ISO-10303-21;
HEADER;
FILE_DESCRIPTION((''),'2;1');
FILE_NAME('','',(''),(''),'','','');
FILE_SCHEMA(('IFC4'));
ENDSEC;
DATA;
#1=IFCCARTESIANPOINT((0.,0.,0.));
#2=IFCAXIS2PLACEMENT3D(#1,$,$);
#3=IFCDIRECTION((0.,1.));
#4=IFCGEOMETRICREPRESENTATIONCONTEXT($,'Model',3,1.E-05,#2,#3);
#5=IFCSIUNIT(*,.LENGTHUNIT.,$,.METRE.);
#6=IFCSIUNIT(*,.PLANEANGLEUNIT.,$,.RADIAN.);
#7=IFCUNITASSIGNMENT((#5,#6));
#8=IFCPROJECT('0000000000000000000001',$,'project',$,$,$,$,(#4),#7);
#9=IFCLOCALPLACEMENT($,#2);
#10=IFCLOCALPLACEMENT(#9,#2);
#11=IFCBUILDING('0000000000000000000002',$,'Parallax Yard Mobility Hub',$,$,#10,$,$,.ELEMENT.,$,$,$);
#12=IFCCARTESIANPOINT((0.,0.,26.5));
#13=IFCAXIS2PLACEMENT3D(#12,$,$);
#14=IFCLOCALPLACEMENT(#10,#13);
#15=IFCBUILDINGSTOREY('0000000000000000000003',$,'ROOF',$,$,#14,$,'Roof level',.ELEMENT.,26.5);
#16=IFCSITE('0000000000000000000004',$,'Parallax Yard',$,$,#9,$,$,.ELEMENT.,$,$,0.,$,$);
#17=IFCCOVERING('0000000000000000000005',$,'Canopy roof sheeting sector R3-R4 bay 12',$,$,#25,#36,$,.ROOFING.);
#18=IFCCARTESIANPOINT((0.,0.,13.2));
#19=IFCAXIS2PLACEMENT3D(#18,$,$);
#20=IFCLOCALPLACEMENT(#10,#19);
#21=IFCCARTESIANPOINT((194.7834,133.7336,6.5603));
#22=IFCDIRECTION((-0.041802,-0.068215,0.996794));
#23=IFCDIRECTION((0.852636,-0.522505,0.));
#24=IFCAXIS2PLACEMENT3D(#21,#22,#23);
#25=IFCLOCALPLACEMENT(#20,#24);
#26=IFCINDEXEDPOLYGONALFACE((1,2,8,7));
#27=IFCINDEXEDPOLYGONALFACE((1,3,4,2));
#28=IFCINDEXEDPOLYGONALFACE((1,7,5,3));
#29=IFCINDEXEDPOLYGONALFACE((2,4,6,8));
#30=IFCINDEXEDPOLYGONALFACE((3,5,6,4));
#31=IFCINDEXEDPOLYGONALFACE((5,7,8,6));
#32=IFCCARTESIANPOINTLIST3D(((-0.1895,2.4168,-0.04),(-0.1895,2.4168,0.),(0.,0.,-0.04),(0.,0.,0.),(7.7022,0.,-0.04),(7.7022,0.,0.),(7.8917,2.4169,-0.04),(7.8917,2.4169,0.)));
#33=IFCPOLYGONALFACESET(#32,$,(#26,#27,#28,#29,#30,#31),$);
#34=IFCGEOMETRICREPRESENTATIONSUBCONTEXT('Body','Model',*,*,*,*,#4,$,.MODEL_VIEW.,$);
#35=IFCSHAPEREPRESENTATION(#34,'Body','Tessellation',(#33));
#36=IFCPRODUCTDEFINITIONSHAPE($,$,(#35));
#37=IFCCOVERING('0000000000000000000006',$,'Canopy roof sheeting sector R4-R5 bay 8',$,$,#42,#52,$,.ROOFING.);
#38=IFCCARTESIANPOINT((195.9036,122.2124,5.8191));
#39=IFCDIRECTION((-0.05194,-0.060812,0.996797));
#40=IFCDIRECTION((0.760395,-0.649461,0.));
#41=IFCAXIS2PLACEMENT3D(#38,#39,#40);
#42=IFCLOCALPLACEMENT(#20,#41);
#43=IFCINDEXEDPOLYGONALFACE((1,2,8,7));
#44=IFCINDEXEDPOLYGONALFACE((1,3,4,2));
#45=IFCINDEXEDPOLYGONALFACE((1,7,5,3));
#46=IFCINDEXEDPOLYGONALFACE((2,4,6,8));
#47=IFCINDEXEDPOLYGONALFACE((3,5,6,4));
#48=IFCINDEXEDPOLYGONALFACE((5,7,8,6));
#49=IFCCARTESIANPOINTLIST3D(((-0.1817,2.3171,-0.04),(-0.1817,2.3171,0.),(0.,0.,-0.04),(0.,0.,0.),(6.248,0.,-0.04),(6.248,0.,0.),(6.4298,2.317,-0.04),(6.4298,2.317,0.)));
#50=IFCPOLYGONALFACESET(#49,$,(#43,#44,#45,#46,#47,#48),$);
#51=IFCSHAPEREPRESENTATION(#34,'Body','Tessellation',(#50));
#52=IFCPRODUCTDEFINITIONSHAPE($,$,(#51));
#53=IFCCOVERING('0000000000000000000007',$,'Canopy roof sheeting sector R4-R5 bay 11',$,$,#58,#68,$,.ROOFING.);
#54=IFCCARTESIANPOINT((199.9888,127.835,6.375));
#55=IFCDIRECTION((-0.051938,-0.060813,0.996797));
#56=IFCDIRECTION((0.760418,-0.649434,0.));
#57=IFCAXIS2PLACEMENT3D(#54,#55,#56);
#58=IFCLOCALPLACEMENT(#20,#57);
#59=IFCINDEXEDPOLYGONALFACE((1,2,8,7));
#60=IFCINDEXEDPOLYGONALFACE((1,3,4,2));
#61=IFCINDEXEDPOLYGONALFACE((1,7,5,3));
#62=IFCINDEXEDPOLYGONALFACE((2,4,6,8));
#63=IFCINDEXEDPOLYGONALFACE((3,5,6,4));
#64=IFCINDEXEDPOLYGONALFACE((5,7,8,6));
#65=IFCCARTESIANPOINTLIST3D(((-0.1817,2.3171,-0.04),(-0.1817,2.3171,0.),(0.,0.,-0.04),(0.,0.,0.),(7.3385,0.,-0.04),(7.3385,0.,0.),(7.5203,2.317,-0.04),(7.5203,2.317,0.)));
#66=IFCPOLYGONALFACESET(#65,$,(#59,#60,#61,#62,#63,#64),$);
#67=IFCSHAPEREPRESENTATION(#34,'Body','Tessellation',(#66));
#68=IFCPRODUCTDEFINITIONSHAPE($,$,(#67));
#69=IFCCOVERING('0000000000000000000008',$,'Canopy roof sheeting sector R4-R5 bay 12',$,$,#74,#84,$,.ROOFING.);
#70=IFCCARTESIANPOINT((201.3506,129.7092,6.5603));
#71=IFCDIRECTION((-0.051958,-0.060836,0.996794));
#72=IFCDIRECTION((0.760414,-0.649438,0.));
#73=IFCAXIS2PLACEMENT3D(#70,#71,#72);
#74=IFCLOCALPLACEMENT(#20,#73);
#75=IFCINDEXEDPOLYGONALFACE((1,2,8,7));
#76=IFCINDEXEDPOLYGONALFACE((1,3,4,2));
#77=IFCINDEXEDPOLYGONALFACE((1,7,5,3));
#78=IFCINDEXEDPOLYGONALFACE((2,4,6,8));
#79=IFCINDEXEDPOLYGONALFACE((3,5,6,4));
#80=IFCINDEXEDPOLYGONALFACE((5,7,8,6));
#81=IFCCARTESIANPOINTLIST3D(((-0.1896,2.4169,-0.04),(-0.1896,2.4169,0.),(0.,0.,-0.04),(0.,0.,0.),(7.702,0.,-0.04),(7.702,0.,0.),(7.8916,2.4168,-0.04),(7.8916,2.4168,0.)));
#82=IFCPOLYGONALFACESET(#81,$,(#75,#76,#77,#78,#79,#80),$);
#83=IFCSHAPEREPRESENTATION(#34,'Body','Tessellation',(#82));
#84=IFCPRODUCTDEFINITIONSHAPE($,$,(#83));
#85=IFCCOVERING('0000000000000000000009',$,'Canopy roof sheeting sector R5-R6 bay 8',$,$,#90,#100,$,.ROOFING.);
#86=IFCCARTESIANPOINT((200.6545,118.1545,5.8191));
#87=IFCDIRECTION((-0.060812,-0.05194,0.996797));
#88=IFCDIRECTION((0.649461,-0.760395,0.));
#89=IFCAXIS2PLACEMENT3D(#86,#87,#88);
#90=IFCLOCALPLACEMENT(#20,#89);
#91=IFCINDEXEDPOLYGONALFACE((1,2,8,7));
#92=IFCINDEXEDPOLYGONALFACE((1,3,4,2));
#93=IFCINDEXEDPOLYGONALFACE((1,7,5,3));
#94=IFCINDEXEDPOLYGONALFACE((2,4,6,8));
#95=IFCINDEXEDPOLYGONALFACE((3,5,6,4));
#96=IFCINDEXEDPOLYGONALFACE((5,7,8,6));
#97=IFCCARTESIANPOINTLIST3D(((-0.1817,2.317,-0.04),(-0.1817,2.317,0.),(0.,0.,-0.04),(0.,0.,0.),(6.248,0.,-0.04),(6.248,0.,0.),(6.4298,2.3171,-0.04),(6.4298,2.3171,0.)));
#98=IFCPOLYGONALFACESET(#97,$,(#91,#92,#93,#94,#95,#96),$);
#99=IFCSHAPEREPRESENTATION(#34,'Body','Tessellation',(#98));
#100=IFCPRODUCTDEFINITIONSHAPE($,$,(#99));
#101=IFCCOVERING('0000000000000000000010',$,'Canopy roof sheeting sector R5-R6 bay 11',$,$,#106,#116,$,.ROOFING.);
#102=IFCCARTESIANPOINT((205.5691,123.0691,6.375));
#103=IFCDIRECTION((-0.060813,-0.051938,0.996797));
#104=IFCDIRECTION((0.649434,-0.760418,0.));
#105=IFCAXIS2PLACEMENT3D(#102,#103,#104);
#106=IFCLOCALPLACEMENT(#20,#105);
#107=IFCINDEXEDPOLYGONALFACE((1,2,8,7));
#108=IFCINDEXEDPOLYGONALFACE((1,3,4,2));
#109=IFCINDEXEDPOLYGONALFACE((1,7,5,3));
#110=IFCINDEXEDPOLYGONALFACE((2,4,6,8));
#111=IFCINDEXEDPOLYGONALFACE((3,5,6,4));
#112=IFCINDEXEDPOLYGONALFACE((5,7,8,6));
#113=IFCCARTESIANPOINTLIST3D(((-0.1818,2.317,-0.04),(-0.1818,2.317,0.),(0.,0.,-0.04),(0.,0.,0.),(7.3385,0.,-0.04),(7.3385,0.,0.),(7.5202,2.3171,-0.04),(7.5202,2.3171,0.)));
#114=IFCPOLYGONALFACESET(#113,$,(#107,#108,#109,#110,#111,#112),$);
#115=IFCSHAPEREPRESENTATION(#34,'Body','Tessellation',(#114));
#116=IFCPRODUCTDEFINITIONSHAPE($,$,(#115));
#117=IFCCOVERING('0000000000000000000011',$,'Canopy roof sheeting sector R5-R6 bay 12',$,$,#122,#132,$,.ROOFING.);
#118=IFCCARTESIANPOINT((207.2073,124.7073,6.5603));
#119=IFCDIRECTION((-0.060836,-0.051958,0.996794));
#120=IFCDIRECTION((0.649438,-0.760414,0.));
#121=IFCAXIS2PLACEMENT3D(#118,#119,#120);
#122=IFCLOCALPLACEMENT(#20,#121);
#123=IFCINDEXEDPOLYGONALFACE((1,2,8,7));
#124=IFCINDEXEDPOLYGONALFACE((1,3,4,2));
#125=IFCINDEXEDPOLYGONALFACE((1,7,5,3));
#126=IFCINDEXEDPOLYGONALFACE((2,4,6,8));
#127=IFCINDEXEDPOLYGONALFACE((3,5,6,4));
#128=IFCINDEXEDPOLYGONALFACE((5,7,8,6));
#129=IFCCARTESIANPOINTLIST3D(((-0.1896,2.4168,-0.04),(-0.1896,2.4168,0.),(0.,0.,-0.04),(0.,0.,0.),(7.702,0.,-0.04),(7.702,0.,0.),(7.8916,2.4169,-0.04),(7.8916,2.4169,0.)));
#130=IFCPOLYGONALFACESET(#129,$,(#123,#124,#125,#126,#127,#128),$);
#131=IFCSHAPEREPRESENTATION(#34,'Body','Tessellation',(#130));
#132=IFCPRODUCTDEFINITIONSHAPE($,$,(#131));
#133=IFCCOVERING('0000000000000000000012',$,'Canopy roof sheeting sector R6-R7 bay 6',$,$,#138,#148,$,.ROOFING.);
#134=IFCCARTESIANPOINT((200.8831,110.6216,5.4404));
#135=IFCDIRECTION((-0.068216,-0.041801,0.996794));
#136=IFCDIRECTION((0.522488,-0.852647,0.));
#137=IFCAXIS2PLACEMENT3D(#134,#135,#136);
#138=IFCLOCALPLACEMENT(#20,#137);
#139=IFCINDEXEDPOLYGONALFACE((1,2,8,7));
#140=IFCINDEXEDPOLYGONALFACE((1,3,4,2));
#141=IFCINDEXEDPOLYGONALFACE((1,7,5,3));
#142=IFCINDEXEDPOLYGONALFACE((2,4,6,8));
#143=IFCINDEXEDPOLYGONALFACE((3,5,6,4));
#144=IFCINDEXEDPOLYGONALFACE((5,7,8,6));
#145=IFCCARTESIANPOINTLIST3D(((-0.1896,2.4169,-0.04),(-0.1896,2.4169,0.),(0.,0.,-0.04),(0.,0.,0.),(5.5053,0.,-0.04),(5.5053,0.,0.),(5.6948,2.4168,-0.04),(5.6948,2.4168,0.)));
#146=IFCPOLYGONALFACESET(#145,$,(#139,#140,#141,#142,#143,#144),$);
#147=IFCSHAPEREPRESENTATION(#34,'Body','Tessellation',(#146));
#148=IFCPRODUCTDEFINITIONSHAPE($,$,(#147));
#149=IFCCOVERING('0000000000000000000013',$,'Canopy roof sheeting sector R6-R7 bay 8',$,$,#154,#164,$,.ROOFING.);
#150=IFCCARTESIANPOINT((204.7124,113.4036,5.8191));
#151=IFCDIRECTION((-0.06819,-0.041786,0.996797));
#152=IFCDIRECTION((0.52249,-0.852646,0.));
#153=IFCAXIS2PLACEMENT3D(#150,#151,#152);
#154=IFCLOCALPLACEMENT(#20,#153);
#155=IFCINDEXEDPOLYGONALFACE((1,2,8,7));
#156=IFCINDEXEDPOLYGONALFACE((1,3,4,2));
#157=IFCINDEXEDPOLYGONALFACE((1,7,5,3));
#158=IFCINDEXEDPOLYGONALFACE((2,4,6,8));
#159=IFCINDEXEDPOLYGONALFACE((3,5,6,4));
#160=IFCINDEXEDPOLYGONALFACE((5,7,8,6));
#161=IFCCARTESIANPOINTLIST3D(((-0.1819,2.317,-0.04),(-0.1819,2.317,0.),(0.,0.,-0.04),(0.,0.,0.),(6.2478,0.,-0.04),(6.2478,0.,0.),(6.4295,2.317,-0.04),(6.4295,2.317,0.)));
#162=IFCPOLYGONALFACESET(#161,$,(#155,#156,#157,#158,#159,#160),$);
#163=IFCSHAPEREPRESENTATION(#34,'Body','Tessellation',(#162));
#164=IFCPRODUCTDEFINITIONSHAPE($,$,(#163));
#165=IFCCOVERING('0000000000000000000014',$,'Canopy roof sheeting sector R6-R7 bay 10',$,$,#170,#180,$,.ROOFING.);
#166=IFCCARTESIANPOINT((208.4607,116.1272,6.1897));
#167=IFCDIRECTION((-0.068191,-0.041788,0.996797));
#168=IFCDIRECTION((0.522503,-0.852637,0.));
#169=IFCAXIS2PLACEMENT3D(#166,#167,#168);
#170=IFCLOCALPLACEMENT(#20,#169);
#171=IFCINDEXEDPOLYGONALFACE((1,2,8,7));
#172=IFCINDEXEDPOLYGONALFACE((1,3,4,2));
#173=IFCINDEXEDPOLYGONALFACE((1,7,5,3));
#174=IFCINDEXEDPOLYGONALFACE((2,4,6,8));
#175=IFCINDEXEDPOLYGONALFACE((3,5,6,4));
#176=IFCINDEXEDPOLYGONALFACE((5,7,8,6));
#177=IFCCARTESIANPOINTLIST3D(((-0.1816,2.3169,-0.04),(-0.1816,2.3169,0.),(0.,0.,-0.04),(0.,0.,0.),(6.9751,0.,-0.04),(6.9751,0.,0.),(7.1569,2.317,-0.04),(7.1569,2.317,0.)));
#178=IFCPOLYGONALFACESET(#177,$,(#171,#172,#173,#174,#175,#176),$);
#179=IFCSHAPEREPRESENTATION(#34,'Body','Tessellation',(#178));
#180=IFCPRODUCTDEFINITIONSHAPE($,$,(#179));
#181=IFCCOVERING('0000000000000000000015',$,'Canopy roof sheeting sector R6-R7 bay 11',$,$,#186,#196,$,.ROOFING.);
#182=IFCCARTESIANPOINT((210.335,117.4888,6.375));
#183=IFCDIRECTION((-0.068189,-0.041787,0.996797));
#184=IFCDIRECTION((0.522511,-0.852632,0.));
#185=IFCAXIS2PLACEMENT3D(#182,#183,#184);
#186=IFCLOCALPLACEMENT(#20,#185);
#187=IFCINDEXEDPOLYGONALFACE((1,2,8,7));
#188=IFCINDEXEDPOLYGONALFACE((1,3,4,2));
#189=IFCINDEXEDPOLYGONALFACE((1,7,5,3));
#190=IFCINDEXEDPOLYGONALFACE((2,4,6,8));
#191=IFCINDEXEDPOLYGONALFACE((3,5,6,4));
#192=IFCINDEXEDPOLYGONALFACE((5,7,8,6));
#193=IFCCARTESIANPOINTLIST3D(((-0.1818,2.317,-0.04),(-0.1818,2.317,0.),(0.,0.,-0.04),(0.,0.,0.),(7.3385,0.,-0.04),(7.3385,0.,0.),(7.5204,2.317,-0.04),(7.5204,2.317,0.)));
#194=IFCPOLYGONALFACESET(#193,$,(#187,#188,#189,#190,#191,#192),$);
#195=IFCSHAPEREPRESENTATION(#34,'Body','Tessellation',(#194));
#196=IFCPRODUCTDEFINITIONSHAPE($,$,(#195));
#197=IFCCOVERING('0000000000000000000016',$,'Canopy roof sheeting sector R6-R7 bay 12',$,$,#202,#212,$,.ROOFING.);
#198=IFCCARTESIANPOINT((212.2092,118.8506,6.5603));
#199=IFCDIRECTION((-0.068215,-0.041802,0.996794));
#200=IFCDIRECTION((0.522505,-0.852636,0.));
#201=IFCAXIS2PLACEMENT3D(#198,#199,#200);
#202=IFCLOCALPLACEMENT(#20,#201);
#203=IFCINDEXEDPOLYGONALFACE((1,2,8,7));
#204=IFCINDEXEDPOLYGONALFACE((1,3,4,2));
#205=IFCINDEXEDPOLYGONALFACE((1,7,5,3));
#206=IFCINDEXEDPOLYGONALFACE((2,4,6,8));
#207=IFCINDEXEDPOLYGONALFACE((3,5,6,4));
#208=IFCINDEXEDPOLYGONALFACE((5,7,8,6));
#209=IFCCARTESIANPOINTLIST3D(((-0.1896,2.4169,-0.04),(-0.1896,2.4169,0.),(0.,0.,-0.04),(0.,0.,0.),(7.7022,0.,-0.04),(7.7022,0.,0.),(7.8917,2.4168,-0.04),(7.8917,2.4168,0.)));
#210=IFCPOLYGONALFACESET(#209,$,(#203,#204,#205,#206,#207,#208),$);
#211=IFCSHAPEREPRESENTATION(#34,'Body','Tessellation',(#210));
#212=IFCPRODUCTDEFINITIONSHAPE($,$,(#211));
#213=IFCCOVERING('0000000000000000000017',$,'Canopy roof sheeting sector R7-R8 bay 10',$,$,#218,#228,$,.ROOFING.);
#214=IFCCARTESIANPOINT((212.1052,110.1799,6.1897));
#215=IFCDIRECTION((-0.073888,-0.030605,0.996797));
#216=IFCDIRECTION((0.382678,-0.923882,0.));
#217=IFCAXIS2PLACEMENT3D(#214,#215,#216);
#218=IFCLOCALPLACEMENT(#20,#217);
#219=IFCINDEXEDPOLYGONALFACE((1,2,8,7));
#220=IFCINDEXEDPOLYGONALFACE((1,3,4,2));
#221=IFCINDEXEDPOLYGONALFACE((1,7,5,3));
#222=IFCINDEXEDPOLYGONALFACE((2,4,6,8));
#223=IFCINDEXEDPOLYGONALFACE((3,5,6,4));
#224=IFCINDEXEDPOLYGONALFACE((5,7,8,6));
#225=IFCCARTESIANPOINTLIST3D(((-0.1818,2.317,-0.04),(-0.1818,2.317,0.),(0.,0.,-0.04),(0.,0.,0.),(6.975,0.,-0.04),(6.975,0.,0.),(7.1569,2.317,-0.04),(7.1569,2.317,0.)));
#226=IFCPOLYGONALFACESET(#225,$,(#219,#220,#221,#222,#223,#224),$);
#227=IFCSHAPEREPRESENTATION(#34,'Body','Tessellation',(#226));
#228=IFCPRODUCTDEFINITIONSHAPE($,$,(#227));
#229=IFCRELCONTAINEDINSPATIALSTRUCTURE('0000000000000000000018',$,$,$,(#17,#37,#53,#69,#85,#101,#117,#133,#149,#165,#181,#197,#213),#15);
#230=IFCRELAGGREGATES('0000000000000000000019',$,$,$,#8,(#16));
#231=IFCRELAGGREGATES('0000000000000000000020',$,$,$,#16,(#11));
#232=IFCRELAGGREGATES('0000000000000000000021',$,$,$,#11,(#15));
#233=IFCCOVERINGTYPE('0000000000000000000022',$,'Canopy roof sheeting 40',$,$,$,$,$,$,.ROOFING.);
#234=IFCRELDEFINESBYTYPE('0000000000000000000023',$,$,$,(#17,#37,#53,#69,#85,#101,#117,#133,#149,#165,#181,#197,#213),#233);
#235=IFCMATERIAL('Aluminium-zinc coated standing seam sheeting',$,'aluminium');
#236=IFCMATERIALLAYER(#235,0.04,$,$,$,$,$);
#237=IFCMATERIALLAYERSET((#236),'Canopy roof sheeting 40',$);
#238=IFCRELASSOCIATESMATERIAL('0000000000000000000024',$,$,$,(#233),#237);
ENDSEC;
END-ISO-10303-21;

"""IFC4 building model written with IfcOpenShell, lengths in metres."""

from ifc_helpers import new_model, si_unit, direction, frame, origin, place, context, subcontext, project, spatial, polyline, outline, extrude, material, layer, layer_set, type_object, element, save


model = new_model("IFC4")

# Units and contexts
model_context = context("Model", 3, precision=1e-05, world=origin(), true_north=direction((0.0, 1.0)))
body_context = subcontext(model_context, "Body", "Model", "MODEL_VIEW")
ifc_project = project(units=[si_unit("LENGTHUNIT", "METRE"), si_unit("PLANEANGLEUNIT", "RADIAN")], contexts=[model_context])

# Site, building, storey
site_placement = place(None, origin())
site = spatial("IfcSite", under=ifc_project, at=site_placement, Name="Parallax Yard", CompositionType="ELEMENT", RefElevation=0.0)
building_placement = place(site_placement, origin())
building = spatial("IfcBuilding", under=site, at=building_placement, Name="Parallax Yard Mobility Hub", CompositionType="ELEMENT")
storey_placement = place(building_placement, frame((0.0, 0.0, 26.5)))
storey = spatial("IfcBuildingStorey", under=building, at=storey_placement, Name="ROOF", LongName="Roof level", CompositionType="ELEMENT", Elevation=26.5)

# Coverings
ifc_material = material(Name="Aluminium-zinc coated standing seam sheeting", Category="aluminium")
ifc_layer = layer(ifc_material, 0.04)
ifc_layer_set = layer_set([ifc_layer], Name="Canopy roof sheeting 40")
covering_type = type_object("IfcCoveringType", Name="Canopy roof sheeting 40", PredefinedType="ROOFING", material=ifc_layer_set)
placement = place(building_placement, frame((0.0, 0.0, 13.2)))
covering_1_placement = place(placement, frame((194.7834, 133.7336, 6.5603), z_axis=(-0.041802, -0.068215, 0.996794), x_axis=(0.852636, -0.522505, 0.0)))
element("IfcCovering", 1, at=covering_1_placement, inside=storey, type_object=covering_type, Name="Canopy roof sheeting sector R3-R4 bay 12", PredefinedType="ROOFING", context=body_context, shape_type="SweptSolid", body=[
    extrude(outline(polyline([(0.0, 0.0), (7.7022, 0.0), (7.8917, 2.4169), (-0.1895, 2.4168), (0.0, 0.0)])), origin(), (0.0, 0.0, -1.0), 0.04),
])
covering_2_placement = place(placement, frame((195.9036, 122.2124, 5.8191), z_axis=(-0.05194, -0.060812, 0.996797), x_axis=(0.760395, -0.649461, 0.0)))
element("IfcCovering", 2, at=covering_2_placement, inside=storey, type_object=covering_type, Name="Canopy roof sheeting sector R4-R5 bay 8", PredefinedType="ROOFING", context=body_context, shape_type="SweptSolid", body=[
    extrude(outline(polyline([(0.0, 0.0), (6.248, 0.0), (6.4298, 2.317), (-0.1817, 2.3171), (0.0, 0.0)])), origin(), (0.0, 0.0, -1.0), 0.04),
])
covering_3_placement = place(placement, frame((199.9888, 127.835, 6.375), z_axis=(-0.051938, -0.060813, 0.996797), x_axis=(0.760418, -0.649434, 0.0)))
element("IfcCovering", 3, at=covering_3_placement, inside=storey, type_object=covering_type, Name="Canopy roof sheeting sector R4-R5 bay 11", PredefinedType="ROOFING", context=body_context, shape_type="SweptSolid", body=[
    extrude(outline(polyline([(0.0, 0.0), (7.3385, 0.0), (7.5203, 2.317), (-0.1817, 2.3171), (0.0, 0.0)])), origin(), (0.0, 0.0, -1.0), 0.04),
])
covering_4_placement = place(placement, frame((201.3506, 129.7092, 6.5603), z_axis=(-0.051958, -0.060836, 0.996794), x_axis=(0.760414, -0.649438, 0.0)))
element("IfcCovering", 4, at=covering_4_placement, inside=storey, type_object=covering_type, Name="Canopy roof sheeting sector R4-R5 bay 12", PredefinedType="ROOFING", context=body_context, shape_type="SweptSolid", body=[
    extrude(outline(polyline([(0.0, 0.0), (7.702, 0.0), (7.8916, 2.4168), (-0.1896, 2.4169), (0.0, 0.0)])), origin(), (0.0, 0.0, -1.0), 0.04),
])
covering_5_placement = place(placement, frame((200.6545, 118.1545, 5.8191), z_axis=(-0.060812, -0.05194, 0.996797), x_axis=(0.649461, -0.760395, 0.0)))
element("IfcCovering", 5, at=covering_5_placement, inside=storey, type_object=covering_type, Name="Canopy roof sheeting sector R5-R6 bay 8", PredefinedType="ROOFING", context=body_context, shape_type="SweptSolid", body=[
    extrude(outline(polyline([(0.0, 0.0), (6.248, 0.0), (6.4298, 2.3171), (-0.1817, 2.317), (0.0, 0.0)])), origin(), (0.0, 0.0, -1.0), 0.04),
])
covering_6_placement = place(placement, frame((205.5691, 123.0691, 6.375), z_axis=(-0.060813, -0.051938, 0.996797), x_axis=(0.649434, -0.760418, 0.0)))
element("IfcCovering", 6, at=covering_6_placement, inside=storey, type_object=covering_type, Name="Canopy roof sheeting sector R5-R6 bay 11", PredefinedType="ROOFING", context=body_context, shape_type="SweptSolid", body=[
    extrude(outline(polyline([(0.0, 0.0), (7.3385, 0.0), (7.5202, 2.3171), (-0.1818, 2.317), (0.0, 0.0)])), origin(), (0.0, 0.0, -1.0), 0.04),
])
covering_7_placement = place(placement, frame((207.2073, 124.7073, 6.5603), z_axis=(-0.060836, -0.051958, 0.996794), x_axis=(0.649438, -0.760414, 0.0)))
element("IfcCovering", 7, at=covering_7_placement, inside=storey, type_object=covering_type, Name="Canopy roof sheeting sector R5-R6 bay 12", PredefinedType="ROOFING", context=body_context, shape_type="SweptSolid", body=[
    extrude(outline(polyline([(0.0, 0.0), (7.702, 0.0), (7.8916, 2.4169), (-0.1896, 2.4168), (0.0, 0.0)])), origin(), (0.0, 0.0, -1.0), 0.04),
])
covering_8_placement = place(placement, frame((200.8831, 110.6216, 5.4404), z_axis=(-0.068216, -0.041801, 0.996794), x_axis=(0.522488, -0.852647, 0.0)))
element("IfcCovering", 8, at=covering_8_placement, inside=storey, type_object=covering_type, Name="Canopy roof sheeting sector R6-R7 bay 6", PredefinedType="ROOFING", context=body_context, shape_type="SweptSolid", body=[
    extrude(outline(polyline([(0.0, 0.0), (5.5053, 0.0), (5.6948, 2.4168), (-0.1896, 2.4169), (0.0, 0.0)])), origin(), (0.0, 0.0, -1.0), 0.04),
])
covering_9_placement = place(placement, frame((204.7124, 113.4036, 5.8191), z_axis=(-0.06819, -0.041786, 0.996797), x_axis=(0.52249, -0.852646, 0.0)))
element("IfcCovering", 9, at=covering_9_placement, inside=storey, type_object=covering_type, Name="Canopy roof sheeting sector R6-R7 bay 8", PredefinedType="ROOFING", context=body_context, shape_type="SweptSolid", body=[
    extrude(outline(polyline([(0.0, 0.0), (6.2478, 0.0), (6.4295, 2.317), (-0.1819, 2.317), (0.0, 0.0)])), origin(), (0.0, 0.0, -1.0), 0.04),
])
covering_10_placement = place(placement, frame((208.4607, 116.1272, 6.1897), z_axis=(-0.068191, -0.041788, 0.996797), x_axis=(0.522503, -0.852637, 0.0)))
element("IfcCovering", 10, at=covering_10_placement, inside=storey, type_object=covering_type, Name="Canopy roof sheeting sector R6-R7 bay 10", PredefinedType="ROOFING", context=body_context, shape_type="SweptSolid", body=[
    extrude(outline(polyline([(0.0, 0.0), (6.9751, 0.0), (7.1569, 2.317), (-0.1816, 2.3169), (0.0, 0.0)])), origin(), (0.0, 0.0, -1.0), 0.04),
])
covering_11_placement = place(placement, frame((210.335, 117.4888, 6.375), z_axis=(-0.068189, -0.041787, 0.996797), x_axis=(0.522511, -0.852632, 0.0)))
element("IfcCovering", 11, at=covering_11_placement, inside=storey, type_object=covering_type, Name="Canopy roof sheeting sector R6-R7 bay 11", PredefinedType="ROOFING", context=body_context, shape_type="SweptSolid", body=[
    extrude(outline(polyline([(0.0, 0.0), (7.3385, 0.0), (7.5204, 2.317), (-0.1818, 2.317), (0.0, 0.0)])), origin(), (0.0, 0.0, -1.0), 0.04),
])
covering_12_placement = place(placement, frame((212.2092, 118.8506, 6.5603), z_axis=(-0.068215, -0.041802, 0.996794), x_axis=(0.522505, -0.852636, 0.0)))
element("IfcCovering", 12, at=covering_12_placement, inside=storey, type_object=covering_type, Name="Canopy roof sheeting sector R6-R7 bay 12", PredefinedType="ROOFING", context=body_context, shape_type="SweptSolid", body=[
    extrude(outline(polyline([(0.0, 0.0), (7.7022, 0.0), (7.8917, 2.4168), (-0.1896, 2.4169), (0.0, 0.0)])), origin(), (0.0, 0.0, -1.0), 0.04),
])
covering_13_placement = place(placement, frame((212.1052, 110.1799, 6.1897), z_axis=(-0.073888, -0.030605, 0.996797), x_axis=(0.382678, -0.923882, 0.0)))
element("IfcCovering", 13, at=covering_13_placement, inside=storey, type_object=covering_type, Name="Canopy roof sheeting sector R7-R8 bay 10", PredefinedType="ROOFING", context=body_context, shape_type="SweptSolid", body=[
    extrude(outline(polyline([(0.0, 0.0), (6.975, 0.0), (7.1569, 2.317), (-0.1818, 2.317), (0.0, 0.0)])), origin(), (0.0, 0.0, -1.0), 0.04),
])

save(model, "model.ifc")
